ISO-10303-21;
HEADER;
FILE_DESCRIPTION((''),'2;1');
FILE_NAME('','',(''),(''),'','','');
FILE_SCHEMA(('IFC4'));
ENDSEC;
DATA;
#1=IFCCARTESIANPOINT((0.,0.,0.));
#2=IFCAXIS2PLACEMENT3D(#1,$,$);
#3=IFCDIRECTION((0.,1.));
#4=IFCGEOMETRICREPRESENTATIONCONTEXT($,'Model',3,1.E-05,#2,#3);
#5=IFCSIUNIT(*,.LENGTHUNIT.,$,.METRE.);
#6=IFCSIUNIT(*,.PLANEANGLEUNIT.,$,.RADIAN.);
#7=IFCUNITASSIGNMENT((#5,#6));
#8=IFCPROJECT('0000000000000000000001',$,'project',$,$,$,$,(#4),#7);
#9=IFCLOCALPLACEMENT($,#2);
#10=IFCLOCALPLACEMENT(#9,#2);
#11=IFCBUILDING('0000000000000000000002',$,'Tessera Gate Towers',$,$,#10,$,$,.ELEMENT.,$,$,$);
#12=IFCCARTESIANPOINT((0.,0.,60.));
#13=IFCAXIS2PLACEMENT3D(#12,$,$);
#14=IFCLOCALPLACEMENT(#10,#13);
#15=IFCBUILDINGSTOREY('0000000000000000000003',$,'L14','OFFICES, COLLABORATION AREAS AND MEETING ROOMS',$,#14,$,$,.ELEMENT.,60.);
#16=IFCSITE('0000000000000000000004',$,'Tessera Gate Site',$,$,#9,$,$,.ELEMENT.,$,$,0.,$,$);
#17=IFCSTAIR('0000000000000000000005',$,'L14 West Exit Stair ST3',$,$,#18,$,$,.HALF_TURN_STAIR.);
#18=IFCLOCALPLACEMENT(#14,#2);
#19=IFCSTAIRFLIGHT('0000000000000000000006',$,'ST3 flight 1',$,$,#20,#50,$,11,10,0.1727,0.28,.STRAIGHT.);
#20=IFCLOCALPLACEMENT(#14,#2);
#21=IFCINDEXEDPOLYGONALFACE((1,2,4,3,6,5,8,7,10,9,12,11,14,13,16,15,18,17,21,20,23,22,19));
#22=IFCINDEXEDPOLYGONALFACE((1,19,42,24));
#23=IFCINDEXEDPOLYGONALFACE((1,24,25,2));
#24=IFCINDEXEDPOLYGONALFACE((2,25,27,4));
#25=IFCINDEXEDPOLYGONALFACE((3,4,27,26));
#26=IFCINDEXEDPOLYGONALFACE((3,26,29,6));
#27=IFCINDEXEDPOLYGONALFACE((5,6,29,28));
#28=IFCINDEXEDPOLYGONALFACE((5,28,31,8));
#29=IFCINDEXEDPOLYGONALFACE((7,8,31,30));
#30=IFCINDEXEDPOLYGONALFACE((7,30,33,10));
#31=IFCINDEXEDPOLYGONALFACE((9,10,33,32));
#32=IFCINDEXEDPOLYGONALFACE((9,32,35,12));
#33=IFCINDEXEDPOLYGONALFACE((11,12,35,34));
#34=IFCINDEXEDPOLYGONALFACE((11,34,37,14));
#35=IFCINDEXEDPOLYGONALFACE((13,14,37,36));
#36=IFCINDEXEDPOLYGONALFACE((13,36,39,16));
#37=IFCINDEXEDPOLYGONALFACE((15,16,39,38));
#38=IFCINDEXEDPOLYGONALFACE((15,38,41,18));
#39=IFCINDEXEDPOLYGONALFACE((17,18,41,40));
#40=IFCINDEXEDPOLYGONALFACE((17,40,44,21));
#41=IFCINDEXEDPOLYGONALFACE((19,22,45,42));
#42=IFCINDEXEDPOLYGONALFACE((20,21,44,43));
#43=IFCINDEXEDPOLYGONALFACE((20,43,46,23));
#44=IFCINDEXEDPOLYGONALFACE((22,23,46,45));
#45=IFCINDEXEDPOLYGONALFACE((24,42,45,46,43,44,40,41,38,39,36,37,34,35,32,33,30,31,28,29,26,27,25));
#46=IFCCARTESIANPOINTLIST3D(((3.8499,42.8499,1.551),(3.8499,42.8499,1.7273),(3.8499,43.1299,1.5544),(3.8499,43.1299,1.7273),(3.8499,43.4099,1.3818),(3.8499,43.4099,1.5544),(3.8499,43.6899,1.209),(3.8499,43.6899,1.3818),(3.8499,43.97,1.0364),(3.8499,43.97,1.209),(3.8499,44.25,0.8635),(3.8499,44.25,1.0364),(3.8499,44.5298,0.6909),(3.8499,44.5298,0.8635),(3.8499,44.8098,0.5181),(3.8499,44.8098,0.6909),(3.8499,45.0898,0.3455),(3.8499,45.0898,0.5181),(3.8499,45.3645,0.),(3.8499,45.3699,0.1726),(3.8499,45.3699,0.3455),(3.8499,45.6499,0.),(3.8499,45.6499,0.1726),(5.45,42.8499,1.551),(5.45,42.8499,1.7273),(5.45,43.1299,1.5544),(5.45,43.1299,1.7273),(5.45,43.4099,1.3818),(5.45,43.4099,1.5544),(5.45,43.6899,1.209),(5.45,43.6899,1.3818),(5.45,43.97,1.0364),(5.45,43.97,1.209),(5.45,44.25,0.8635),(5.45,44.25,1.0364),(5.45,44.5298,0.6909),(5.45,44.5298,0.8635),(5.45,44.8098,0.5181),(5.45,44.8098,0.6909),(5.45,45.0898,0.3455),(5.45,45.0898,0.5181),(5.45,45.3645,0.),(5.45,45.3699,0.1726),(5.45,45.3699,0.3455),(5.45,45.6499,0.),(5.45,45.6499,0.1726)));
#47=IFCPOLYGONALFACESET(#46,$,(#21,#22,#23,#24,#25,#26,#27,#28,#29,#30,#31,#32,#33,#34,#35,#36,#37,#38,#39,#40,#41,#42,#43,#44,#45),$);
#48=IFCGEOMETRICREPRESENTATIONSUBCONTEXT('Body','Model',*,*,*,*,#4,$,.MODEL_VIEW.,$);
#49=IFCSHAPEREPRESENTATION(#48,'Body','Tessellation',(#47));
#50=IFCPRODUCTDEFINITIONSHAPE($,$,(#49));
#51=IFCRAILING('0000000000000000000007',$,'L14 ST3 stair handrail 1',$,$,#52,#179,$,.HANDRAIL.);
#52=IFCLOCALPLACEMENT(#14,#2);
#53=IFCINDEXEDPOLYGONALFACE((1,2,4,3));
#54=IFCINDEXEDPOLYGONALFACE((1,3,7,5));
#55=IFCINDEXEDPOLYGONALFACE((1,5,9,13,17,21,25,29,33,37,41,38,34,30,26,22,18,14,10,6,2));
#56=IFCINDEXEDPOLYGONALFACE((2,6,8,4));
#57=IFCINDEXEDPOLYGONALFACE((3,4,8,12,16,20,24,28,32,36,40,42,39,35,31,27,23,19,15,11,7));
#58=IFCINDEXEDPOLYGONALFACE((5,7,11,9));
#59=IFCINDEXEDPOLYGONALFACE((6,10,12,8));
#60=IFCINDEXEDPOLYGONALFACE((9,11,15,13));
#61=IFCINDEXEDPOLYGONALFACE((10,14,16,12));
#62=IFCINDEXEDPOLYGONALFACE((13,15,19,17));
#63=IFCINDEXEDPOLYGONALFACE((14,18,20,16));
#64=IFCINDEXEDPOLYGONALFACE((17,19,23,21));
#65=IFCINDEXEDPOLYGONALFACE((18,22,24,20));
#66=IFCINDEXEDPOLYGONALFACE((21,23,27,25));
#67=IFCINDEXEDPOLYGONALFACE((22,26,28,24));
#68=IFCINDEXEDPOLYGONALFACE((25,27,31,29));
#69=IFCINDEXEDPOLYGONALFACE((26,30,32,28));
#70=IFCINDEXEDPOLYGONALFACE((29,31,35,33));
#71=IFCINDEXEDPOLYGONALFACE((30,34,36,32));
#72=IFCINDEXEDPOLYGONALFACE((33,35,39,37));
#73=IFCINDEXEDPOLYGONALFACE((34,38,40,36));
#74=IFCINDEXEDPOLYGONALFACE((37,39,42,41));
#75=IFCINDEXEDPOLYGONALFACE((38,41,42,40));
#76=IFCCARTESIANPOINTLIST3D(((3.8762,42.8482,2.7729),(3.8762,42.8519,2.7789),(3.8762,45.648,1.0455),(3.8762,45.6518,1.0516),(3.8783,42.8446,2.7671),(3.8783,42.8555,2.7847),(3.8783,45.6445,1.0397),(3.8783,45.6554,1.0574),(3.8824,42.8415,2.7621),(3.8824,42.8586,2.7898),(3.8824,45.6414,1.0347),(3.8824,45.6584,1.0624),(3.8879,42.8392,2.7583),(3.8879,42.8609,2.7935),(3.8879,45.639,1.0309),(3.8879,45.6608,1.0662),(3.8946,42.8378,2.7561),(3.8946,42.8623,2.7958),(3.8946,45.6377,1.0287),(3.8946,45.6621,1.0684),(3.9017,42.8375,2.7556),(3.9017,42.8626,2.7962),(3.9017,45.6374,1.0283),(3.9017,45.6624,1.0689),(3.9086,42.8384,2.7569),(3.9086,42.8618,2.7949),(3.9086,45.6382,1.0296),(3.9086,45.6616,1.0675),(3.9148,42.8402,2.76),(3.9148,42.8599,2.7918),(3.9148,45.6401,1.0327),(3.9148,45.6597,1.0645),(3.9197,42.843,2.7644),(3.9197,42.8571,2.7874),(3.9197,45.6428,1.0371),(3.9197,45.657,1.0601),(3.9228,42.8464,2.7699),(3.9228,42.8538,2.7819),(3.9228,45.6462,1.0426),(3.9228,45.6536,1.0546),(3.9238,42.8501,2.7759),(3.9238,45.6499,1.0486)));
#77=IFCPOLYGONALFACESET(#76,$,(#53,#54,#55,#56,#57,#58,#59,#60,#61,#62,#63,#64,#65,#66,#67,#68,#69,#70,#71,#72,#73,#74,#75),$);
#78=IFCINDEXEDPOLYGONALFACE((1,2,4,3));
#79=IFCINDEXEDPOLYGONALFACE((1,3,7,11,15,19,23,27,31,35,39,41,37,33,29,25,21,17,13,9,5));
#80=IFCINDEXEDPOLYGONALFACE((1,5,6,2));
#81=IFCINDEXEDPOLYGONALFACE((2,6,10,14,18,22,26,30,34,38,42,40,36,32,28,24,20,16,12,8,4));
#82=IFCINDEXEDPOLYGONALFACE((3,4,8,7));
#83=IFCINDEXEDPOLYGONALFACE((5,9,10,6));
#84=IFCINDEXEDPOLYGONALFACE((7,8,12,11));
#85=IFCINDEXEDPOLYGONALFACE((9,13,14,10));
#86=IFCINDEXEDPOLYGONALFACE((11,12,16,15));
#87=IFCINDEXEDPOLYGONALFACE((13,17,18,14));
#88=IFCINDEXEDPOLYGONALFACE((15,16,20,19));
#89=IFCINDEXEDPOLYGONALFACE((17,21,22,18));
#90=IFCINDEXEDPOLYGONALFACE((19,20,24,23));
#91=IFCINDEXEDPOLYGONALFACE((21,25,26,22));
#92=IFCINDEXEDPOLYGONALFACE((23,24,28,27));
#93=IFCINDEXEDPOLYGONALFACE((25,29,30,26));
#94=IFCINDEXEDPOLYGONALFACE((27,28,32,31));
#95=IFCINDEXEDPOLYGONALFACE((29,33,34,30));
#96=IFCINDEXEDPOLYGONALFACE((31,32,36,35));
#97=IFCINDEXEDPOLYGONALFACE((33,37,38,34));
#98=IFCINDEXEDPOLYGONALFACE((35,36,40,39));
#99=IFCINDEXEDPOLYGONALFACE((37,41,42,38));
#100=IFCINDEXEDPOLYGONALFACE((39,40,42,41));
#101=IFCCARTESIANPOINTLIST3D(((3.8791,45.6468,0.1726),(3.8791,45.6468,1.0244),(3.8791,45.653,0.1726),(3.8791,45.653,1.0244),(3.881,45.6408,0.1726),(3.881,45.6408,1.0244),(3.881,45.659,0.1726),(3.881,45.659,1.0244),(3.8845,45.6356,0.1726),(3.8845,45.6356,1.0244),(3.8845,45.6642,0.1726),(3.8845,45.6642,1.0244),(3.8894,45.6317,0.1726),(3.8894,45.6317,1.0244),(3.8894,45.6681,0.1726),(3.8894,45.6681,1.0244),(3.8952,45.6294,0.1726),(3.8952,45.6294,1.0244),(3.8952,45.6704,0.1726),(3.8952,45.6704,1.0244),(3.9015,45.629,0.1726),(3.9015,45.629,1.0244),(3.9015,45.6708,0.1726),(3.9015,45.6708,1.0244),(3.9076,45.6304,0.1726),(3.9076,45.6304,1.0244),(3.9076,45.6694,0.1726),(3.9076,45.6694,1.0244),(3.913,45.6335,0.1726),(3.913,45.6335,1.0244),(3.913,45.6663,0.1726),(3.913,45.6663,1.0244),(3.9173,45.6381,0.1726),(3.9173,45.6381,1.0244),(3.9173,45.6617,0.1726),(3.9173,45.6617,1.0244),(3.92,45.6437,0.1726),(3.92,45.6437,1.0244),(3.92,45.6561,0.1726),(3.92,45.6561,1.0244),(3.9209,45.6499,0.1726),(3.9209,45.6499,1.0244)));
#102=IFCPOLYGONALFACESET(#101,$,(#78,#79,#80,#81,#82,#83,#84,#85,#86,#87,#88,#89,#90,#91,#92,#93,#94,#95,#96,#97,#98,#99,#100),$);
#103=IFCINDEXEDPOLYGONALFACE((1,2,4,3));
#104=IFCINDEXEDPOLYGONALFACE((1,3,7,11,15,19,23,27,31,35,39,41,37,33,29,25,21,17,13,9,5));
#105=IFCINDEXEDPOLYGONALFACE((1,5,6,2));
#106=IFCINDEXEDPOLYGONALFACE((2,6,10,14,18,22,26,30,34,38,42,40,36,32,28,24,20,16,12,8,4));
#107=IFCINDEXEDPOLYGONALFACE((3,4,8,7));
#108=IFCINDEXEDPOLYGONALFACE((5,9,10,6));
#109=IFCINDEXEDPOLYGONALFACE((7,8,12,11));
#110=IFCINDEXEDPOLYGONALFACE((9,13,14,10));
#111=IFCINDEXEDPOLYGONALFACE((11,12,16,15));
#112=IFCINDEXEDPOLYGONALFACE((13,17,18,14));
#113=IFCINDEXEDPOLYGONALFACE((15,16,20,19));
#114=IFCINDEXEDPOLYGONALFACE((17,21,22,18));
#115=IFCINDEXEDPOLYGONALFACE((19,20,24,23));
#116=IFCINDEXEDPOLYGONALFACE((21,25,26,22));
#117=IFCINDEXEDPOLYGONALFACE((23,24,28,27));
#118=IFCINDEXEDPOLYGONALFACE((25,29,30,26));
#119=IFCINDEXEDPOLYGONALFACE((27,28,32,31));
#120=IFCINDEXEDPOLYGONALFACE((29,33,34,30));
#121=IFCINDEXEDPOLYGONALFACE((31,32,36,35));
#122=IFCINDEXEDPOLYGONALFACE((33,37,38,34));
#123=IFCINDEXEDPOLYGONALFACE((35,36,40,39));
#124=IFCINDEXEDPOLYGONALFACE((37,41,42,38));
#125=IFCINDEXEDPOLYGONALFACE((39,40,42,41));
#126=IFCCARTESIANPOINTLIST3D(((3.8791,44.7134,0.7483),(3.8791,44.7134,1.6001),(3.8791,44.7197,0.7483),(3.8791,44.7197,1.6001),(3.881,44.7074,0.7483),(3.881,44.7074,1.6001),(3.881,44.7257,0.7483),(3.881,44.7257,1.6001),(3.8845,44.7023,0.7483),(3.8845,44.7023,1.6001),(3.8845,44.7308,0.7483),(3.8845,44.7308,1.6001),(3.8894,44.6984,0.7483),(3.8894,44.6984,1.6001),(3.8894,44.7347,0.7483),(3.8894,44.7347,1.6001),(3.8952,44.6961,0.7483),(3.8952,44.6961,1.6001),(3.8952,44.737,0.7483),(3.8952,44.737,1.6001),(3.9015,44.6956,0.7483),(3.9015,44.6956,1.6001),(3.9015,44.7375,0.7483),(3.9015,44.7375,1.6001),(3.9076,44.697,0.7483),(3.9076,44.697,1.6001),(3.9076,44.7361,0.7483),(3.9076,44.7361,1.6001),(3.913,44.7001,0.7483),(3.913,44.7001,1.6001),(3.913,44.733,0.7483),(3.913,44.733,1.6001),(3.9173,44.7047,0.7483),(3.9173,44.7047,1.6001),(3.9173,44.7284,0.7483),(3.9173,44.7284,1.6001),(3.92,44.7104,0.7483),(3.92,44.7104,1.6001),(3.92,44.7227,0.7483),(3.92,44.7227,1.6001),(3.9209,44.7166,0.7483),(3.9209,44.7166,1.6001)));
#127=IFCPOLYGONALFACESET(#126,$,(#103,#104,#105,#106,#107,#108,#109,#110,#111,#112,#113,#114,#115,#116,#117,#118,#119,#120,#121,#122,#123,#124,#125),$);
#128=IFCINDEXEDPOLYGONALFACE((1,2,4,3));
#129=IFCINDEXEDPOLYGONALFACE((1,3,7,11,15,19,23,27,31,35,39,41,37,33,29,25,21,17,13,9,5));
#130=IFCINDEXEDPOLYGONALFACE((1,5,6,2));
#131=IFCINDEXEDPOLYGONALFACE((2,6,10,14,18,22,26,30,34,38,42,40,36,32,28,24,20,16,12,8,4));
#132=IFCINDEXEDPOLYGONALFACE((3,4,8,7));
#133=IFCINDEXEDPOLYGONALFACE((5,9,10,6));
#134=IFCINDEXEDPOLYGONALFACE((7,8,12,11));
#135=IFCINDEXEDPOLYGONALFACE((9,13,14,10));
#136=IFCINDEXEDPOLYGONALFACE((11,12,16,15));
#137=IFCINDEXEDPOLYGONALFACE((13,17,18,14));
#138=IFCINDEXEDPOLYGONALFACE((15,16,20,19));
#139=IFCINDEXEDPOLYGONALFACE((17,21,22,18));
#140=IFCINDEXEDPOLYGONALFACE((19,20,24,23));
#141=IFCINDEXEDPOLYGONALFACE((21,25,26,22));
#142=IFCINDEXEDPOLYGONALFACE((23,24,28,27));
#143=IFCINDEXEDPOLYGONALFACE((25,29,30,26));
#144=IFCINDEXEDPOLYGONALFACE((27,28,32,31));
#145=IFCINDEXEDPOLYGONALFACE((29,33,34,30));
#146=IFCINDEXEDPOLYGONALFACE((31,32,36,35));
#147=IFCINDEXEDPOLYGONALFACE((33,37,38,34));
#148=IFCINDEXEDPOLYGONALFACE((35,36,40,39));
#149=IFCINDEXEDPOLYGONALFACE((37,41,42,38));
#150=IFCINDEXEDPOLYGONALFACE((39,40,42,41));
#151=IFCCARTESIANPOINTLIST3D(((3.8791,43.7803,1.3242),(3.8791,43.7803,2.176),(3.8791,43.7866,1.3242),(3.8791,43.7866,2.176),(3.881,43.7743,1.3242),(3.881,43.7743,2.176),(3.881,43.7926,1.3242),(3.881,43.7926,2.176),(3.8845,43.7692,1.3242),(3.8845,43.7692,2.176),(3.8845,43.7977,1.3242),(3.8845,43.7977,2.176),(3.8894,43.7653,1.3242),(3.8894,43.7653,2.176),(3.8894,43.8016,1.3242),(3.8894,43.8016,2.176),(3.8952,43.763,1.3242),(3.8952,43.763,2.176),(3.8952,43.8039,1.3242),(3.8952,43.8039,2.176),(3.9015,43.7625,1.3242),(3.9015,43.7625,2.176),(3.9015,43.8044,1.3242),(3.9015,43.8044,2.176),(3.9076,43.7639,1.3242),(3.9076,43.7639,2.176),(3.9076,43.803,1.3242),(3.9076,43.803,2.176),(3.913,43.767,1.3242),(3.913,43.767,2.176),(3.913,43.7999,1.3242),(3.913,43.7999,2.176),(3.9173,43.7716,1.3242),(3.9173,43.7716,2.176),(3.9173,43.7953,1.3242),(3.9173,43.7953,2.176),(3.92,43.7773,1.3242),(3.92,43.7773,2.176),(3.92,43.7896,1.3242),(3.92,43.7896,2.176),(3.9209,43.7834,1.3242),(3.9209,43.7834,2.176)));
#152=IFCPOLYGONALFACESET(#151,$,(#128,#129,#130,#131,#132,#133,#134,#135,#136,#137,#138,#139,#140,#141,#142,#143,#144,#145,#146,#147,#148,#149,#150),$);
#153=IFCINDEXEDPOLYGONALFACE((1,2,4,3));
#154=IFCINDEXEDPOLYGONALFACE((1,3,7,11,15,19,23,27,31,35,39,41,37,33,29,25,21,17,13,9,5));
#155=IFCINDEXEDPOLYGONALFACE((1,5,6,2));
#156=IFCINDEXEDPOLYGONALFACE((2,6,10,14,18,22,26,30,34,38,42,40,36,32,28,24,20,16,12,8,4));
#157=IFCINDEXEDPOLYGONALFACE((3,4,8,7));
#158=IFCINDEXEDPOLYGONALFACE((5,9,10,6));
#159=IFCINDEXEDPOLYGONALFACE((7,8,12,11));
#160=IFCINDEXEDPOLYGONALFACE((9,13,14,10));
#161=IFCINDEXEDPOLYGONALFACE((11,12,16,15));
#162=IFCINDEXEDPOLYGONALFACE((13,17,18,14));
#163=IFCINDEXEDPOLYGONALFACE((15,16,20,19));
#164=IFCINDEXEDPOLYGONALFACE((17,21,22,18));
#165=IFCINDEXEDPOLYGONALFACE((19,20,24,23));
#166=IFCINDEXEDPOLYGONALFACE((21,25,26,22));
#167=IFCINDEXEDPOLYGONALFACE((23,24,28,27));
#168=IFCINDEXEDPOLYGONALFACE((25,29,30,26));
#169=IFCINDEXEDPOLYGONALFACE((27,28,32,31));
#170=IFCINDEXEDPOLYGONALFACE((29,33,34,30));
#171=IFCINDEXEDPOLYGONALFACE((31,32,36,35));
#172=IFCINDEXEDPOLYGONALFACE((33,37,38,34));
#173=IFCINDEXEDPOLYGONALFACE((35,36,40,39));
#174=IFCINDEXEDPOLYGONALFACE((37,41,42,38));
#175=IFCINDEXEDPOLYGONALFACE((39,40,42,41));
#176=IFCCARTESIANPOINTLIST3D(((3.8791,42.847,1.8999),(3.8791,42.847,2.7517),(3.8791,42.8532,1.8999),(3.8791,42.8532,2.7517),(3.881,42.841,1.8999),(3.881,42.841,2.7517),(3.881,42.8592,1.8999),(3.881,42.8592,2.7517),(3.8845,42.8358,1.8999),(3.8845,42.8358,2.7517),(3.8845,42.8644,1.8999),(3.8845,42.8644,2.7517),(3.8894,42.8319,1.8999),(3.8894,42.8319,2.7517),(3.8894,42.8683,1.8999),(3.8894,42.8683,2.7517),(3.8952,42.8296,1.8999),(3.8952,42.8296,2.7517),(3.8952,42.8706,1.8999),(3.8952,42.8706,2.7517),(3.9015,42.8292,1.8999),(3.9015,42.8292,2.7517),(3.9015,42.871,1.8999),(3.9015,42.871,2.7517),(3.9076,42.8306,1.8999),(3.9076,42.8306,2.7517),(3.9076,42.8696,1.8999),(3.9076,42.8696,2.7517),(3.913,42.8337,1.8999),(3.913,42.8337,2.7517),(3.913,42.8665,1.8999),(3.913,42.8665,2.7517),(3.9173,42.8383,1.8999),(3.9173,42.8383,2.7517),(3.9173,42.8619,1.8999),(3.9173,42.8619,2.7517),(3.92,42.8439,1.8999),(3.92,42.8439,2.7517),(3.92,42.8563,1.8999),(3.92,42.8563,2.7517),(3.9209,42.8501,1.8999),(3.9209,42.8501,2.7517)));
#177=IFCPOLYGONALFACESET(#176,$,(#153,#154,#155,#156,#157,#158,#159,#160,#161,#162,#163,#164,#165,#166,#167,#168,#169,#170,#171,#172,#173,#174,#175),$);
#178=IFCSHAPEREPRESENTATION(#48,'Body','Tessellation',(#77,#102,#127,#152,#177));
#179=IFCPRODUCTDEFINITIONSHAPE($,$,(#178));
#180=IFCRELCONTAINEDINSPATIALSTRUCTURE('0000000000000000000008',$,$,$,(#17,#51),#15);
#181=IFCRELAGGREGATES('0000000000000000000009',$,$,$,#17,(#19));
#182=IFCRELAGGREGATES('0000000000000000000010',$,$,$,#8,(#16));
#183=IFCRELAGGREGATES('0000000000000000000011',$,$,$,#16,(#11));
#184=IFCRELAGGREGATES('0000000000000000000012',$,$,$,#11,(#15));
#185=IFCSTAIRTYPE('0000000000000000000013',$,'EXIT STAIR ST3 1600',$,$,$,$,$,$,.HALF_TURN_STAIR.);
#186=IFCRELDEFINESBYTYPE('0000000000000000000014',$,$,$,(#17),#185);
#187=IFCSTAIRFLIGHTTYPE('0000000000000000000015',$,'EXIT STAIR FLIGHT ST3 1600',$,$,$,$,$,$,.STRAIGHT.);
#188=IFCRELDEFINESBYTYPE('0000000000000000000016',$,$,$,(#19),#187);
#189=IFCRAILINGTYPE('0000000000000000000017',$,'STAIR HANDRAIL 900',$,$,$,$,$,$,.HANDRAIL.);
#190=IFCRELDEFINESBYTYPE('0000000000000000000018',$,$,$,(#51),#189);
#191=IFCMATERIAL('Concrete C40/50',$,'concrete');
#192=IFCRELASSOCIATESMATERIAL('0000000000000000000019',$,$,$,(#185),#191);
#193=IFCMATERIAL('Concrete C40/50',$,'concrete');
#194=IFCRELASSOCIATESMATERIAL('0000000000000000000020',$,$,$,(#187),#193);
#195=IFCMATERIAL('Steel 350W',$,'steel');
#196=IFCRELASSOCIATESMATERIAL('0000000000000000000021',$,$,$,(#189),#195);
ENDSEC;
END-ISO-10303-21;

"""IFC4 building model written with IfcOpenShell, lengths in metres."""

from ifc_helpers import new_model, si_unit, direction, frame, origin, origin_2d, place, context, subcontext, project, spatial, polyline, circle, outline, extrude, material, type_object, element, aggregate, save


model = new_model("IFC4")

# Units and contexts
model_context = context("Model", 3, precision=1e-05, world=origin(), true_north=direction((0.0, 1.0)))
body_context = subcontext(model_context, "Body", "Model", "MODEL_VIEW")
ifc_project = project(units=[si_unit("LENGTHUNIT", "METRE"), si_unit("PLANEANGLEUNIT", "RADIAN")], contexts=[model_context])

# Site, building, storey
site_placement = place(None, origin())
site = spatial("IfcSite", under=ifc_project, at=site_placement, Name="Tessera Gate Site", CompositionType="ELEMENT", RefElevation=0.0)
building_placement = place(site_placement, origin())
building = spatial("IfcBuilding", under=site, at=building_placement, Name="Tessera Gate Towers", CompositionType="ELEMENT")
storey_placement = place(building_placement, frame((0.0, 0.0, 60.0)))
storey = spatial("IfcBuildingStorey", under=building, at=storey_placement, Name="L14", Description="OFFICES, COLLABORATION AREAS AND MEETING ROOMS", CompositionType="ELEMENT", Elevation=60.0)

# Stair, stair flight
ifc_material_1 = material(Name="Concrete C40/50", Category="concrete")
stair_type = type_object("IfcStairType", Name="EXIT STAIR ST3 1600", PredefinedType="HALF_TURN_STAIR", material=ifc_material_1)
stair_placement = place(storey_placement, origin())
stair = element("IfcStair", 1, at=stair_placement, inside=storey, type_object=stair_type, Name="L14 West Exit Stair ST3", PredefinedType="HALF_TURN_STAIR")
ifc_material_2 = material(Name="Concrete C40/50", Category="concrete")
stair_flight_type = type_object("IfcStairFlightType", Name="EXIT STAIR FLIGHT ST3 1600", PredefinedType="STRAIGHT", material=ifc_material_2)
stair_flight_placement = place(storey_placement, frame((4.6499, 45.6499, 0.0), z_axis=(0.0, 0.0, 1.0), x_axis=(0.0, -1.0, 0.0)))
stair_flight = element("IfcStairFlight", 2, at=stair_flight_placement, type_object=stair_flight_type, Name="ST3 flight 1", NumberOfRisers=11, NumberOfTreads=10, PredefinedType="STRAIGHT", RiserHeight=0.1727, TreadLength=0.28, context=body_context, shape_type="SweptSolid", body=[
    extrude(outline(polyline([(0.0, 0.0), (0.0, 0.1726), (0.28, 0.1726), (0.28, 0.3455), (0.5601, 0.3455), (0.5601, 0.5181), (0.8401, 0.5181), (0.8401, 0.6909), (1.1201, 0.6909), (1.1201, 0.8635), (1.3999, 0.8635), (1.3999, 1.0364), (1.6799, 1.0364), (1.6799, 1.209), (1.96, 1.209), (1.96, 1.3818), (2.24, 1.3818), (2.24, 1.5544), (2.52, 1.5544), (2.52, 1.7273), (2.8, 1.7273), (2.8, 1.8999), (2.8, 1.551), (0.2854, 0.0), (0.0, 0.0)])), frame((0.0, 0.8, 0.0), z_axis=(0.0, -1.0, 0.0), x_axis=(1.0, 0.0, 0.0)), (0.0, 0.0, 1.0), 1.6001),
])
aggregate(stair, [stair_flight])

# Railing
ifc_material_3 = material(Name="Steel 350W", Category="steel")
railing_type_1 = type_object("IfcRailingType", Name="STAIR HANDRAIL 900", PredefinedType="HANDRAIL", material=ifc_material_3)
railing_1_placement = place(storey_placement, frame((3.8999, 45.6499, 0.1726)))
element("IfcRailing", 3, at=railing_1_placement, inside=storey, type_object=railing_type_1, Name="L14 ST3 stair handrail 1", PredefinedType="HANDRAIL", context=body_context, shape_type="SweptSolid", body=[
    extrude(circle(Radius=0.0239, at=origin_2d()), frame((0.0, 0.0, 0.876), z_axis=(0.0, -0.851069, 0.525054), x_axis=(1.0, 0.0, 0.0)), (0.0, 0.0, 1.0), 3.2898),
    extrude(circle(Radius=0.021, at=origin_2d()), origin(), (0.0, 0.0, 1.0), 0.8518),
    extrude(circle(Radius=0.021, at=origin_2d()), frame((0.0, -0.9333, 0.5757)), (0.0, 0.0, 1.0), 0.8518),
    extrude(circle(Radius=0.021, at=origin_2d()), frame((0.0, -1.8665, 1.1516)), (0.0, 0.0, 1.0), 0.8518),
    extrude(circle(Radius=0.021, at=origin_2d()), frame((0.0, -2.7998, 1.7273)), (0.0, 0.0, 1.0), 0.8518),
])

save(model, "model.ifc")
